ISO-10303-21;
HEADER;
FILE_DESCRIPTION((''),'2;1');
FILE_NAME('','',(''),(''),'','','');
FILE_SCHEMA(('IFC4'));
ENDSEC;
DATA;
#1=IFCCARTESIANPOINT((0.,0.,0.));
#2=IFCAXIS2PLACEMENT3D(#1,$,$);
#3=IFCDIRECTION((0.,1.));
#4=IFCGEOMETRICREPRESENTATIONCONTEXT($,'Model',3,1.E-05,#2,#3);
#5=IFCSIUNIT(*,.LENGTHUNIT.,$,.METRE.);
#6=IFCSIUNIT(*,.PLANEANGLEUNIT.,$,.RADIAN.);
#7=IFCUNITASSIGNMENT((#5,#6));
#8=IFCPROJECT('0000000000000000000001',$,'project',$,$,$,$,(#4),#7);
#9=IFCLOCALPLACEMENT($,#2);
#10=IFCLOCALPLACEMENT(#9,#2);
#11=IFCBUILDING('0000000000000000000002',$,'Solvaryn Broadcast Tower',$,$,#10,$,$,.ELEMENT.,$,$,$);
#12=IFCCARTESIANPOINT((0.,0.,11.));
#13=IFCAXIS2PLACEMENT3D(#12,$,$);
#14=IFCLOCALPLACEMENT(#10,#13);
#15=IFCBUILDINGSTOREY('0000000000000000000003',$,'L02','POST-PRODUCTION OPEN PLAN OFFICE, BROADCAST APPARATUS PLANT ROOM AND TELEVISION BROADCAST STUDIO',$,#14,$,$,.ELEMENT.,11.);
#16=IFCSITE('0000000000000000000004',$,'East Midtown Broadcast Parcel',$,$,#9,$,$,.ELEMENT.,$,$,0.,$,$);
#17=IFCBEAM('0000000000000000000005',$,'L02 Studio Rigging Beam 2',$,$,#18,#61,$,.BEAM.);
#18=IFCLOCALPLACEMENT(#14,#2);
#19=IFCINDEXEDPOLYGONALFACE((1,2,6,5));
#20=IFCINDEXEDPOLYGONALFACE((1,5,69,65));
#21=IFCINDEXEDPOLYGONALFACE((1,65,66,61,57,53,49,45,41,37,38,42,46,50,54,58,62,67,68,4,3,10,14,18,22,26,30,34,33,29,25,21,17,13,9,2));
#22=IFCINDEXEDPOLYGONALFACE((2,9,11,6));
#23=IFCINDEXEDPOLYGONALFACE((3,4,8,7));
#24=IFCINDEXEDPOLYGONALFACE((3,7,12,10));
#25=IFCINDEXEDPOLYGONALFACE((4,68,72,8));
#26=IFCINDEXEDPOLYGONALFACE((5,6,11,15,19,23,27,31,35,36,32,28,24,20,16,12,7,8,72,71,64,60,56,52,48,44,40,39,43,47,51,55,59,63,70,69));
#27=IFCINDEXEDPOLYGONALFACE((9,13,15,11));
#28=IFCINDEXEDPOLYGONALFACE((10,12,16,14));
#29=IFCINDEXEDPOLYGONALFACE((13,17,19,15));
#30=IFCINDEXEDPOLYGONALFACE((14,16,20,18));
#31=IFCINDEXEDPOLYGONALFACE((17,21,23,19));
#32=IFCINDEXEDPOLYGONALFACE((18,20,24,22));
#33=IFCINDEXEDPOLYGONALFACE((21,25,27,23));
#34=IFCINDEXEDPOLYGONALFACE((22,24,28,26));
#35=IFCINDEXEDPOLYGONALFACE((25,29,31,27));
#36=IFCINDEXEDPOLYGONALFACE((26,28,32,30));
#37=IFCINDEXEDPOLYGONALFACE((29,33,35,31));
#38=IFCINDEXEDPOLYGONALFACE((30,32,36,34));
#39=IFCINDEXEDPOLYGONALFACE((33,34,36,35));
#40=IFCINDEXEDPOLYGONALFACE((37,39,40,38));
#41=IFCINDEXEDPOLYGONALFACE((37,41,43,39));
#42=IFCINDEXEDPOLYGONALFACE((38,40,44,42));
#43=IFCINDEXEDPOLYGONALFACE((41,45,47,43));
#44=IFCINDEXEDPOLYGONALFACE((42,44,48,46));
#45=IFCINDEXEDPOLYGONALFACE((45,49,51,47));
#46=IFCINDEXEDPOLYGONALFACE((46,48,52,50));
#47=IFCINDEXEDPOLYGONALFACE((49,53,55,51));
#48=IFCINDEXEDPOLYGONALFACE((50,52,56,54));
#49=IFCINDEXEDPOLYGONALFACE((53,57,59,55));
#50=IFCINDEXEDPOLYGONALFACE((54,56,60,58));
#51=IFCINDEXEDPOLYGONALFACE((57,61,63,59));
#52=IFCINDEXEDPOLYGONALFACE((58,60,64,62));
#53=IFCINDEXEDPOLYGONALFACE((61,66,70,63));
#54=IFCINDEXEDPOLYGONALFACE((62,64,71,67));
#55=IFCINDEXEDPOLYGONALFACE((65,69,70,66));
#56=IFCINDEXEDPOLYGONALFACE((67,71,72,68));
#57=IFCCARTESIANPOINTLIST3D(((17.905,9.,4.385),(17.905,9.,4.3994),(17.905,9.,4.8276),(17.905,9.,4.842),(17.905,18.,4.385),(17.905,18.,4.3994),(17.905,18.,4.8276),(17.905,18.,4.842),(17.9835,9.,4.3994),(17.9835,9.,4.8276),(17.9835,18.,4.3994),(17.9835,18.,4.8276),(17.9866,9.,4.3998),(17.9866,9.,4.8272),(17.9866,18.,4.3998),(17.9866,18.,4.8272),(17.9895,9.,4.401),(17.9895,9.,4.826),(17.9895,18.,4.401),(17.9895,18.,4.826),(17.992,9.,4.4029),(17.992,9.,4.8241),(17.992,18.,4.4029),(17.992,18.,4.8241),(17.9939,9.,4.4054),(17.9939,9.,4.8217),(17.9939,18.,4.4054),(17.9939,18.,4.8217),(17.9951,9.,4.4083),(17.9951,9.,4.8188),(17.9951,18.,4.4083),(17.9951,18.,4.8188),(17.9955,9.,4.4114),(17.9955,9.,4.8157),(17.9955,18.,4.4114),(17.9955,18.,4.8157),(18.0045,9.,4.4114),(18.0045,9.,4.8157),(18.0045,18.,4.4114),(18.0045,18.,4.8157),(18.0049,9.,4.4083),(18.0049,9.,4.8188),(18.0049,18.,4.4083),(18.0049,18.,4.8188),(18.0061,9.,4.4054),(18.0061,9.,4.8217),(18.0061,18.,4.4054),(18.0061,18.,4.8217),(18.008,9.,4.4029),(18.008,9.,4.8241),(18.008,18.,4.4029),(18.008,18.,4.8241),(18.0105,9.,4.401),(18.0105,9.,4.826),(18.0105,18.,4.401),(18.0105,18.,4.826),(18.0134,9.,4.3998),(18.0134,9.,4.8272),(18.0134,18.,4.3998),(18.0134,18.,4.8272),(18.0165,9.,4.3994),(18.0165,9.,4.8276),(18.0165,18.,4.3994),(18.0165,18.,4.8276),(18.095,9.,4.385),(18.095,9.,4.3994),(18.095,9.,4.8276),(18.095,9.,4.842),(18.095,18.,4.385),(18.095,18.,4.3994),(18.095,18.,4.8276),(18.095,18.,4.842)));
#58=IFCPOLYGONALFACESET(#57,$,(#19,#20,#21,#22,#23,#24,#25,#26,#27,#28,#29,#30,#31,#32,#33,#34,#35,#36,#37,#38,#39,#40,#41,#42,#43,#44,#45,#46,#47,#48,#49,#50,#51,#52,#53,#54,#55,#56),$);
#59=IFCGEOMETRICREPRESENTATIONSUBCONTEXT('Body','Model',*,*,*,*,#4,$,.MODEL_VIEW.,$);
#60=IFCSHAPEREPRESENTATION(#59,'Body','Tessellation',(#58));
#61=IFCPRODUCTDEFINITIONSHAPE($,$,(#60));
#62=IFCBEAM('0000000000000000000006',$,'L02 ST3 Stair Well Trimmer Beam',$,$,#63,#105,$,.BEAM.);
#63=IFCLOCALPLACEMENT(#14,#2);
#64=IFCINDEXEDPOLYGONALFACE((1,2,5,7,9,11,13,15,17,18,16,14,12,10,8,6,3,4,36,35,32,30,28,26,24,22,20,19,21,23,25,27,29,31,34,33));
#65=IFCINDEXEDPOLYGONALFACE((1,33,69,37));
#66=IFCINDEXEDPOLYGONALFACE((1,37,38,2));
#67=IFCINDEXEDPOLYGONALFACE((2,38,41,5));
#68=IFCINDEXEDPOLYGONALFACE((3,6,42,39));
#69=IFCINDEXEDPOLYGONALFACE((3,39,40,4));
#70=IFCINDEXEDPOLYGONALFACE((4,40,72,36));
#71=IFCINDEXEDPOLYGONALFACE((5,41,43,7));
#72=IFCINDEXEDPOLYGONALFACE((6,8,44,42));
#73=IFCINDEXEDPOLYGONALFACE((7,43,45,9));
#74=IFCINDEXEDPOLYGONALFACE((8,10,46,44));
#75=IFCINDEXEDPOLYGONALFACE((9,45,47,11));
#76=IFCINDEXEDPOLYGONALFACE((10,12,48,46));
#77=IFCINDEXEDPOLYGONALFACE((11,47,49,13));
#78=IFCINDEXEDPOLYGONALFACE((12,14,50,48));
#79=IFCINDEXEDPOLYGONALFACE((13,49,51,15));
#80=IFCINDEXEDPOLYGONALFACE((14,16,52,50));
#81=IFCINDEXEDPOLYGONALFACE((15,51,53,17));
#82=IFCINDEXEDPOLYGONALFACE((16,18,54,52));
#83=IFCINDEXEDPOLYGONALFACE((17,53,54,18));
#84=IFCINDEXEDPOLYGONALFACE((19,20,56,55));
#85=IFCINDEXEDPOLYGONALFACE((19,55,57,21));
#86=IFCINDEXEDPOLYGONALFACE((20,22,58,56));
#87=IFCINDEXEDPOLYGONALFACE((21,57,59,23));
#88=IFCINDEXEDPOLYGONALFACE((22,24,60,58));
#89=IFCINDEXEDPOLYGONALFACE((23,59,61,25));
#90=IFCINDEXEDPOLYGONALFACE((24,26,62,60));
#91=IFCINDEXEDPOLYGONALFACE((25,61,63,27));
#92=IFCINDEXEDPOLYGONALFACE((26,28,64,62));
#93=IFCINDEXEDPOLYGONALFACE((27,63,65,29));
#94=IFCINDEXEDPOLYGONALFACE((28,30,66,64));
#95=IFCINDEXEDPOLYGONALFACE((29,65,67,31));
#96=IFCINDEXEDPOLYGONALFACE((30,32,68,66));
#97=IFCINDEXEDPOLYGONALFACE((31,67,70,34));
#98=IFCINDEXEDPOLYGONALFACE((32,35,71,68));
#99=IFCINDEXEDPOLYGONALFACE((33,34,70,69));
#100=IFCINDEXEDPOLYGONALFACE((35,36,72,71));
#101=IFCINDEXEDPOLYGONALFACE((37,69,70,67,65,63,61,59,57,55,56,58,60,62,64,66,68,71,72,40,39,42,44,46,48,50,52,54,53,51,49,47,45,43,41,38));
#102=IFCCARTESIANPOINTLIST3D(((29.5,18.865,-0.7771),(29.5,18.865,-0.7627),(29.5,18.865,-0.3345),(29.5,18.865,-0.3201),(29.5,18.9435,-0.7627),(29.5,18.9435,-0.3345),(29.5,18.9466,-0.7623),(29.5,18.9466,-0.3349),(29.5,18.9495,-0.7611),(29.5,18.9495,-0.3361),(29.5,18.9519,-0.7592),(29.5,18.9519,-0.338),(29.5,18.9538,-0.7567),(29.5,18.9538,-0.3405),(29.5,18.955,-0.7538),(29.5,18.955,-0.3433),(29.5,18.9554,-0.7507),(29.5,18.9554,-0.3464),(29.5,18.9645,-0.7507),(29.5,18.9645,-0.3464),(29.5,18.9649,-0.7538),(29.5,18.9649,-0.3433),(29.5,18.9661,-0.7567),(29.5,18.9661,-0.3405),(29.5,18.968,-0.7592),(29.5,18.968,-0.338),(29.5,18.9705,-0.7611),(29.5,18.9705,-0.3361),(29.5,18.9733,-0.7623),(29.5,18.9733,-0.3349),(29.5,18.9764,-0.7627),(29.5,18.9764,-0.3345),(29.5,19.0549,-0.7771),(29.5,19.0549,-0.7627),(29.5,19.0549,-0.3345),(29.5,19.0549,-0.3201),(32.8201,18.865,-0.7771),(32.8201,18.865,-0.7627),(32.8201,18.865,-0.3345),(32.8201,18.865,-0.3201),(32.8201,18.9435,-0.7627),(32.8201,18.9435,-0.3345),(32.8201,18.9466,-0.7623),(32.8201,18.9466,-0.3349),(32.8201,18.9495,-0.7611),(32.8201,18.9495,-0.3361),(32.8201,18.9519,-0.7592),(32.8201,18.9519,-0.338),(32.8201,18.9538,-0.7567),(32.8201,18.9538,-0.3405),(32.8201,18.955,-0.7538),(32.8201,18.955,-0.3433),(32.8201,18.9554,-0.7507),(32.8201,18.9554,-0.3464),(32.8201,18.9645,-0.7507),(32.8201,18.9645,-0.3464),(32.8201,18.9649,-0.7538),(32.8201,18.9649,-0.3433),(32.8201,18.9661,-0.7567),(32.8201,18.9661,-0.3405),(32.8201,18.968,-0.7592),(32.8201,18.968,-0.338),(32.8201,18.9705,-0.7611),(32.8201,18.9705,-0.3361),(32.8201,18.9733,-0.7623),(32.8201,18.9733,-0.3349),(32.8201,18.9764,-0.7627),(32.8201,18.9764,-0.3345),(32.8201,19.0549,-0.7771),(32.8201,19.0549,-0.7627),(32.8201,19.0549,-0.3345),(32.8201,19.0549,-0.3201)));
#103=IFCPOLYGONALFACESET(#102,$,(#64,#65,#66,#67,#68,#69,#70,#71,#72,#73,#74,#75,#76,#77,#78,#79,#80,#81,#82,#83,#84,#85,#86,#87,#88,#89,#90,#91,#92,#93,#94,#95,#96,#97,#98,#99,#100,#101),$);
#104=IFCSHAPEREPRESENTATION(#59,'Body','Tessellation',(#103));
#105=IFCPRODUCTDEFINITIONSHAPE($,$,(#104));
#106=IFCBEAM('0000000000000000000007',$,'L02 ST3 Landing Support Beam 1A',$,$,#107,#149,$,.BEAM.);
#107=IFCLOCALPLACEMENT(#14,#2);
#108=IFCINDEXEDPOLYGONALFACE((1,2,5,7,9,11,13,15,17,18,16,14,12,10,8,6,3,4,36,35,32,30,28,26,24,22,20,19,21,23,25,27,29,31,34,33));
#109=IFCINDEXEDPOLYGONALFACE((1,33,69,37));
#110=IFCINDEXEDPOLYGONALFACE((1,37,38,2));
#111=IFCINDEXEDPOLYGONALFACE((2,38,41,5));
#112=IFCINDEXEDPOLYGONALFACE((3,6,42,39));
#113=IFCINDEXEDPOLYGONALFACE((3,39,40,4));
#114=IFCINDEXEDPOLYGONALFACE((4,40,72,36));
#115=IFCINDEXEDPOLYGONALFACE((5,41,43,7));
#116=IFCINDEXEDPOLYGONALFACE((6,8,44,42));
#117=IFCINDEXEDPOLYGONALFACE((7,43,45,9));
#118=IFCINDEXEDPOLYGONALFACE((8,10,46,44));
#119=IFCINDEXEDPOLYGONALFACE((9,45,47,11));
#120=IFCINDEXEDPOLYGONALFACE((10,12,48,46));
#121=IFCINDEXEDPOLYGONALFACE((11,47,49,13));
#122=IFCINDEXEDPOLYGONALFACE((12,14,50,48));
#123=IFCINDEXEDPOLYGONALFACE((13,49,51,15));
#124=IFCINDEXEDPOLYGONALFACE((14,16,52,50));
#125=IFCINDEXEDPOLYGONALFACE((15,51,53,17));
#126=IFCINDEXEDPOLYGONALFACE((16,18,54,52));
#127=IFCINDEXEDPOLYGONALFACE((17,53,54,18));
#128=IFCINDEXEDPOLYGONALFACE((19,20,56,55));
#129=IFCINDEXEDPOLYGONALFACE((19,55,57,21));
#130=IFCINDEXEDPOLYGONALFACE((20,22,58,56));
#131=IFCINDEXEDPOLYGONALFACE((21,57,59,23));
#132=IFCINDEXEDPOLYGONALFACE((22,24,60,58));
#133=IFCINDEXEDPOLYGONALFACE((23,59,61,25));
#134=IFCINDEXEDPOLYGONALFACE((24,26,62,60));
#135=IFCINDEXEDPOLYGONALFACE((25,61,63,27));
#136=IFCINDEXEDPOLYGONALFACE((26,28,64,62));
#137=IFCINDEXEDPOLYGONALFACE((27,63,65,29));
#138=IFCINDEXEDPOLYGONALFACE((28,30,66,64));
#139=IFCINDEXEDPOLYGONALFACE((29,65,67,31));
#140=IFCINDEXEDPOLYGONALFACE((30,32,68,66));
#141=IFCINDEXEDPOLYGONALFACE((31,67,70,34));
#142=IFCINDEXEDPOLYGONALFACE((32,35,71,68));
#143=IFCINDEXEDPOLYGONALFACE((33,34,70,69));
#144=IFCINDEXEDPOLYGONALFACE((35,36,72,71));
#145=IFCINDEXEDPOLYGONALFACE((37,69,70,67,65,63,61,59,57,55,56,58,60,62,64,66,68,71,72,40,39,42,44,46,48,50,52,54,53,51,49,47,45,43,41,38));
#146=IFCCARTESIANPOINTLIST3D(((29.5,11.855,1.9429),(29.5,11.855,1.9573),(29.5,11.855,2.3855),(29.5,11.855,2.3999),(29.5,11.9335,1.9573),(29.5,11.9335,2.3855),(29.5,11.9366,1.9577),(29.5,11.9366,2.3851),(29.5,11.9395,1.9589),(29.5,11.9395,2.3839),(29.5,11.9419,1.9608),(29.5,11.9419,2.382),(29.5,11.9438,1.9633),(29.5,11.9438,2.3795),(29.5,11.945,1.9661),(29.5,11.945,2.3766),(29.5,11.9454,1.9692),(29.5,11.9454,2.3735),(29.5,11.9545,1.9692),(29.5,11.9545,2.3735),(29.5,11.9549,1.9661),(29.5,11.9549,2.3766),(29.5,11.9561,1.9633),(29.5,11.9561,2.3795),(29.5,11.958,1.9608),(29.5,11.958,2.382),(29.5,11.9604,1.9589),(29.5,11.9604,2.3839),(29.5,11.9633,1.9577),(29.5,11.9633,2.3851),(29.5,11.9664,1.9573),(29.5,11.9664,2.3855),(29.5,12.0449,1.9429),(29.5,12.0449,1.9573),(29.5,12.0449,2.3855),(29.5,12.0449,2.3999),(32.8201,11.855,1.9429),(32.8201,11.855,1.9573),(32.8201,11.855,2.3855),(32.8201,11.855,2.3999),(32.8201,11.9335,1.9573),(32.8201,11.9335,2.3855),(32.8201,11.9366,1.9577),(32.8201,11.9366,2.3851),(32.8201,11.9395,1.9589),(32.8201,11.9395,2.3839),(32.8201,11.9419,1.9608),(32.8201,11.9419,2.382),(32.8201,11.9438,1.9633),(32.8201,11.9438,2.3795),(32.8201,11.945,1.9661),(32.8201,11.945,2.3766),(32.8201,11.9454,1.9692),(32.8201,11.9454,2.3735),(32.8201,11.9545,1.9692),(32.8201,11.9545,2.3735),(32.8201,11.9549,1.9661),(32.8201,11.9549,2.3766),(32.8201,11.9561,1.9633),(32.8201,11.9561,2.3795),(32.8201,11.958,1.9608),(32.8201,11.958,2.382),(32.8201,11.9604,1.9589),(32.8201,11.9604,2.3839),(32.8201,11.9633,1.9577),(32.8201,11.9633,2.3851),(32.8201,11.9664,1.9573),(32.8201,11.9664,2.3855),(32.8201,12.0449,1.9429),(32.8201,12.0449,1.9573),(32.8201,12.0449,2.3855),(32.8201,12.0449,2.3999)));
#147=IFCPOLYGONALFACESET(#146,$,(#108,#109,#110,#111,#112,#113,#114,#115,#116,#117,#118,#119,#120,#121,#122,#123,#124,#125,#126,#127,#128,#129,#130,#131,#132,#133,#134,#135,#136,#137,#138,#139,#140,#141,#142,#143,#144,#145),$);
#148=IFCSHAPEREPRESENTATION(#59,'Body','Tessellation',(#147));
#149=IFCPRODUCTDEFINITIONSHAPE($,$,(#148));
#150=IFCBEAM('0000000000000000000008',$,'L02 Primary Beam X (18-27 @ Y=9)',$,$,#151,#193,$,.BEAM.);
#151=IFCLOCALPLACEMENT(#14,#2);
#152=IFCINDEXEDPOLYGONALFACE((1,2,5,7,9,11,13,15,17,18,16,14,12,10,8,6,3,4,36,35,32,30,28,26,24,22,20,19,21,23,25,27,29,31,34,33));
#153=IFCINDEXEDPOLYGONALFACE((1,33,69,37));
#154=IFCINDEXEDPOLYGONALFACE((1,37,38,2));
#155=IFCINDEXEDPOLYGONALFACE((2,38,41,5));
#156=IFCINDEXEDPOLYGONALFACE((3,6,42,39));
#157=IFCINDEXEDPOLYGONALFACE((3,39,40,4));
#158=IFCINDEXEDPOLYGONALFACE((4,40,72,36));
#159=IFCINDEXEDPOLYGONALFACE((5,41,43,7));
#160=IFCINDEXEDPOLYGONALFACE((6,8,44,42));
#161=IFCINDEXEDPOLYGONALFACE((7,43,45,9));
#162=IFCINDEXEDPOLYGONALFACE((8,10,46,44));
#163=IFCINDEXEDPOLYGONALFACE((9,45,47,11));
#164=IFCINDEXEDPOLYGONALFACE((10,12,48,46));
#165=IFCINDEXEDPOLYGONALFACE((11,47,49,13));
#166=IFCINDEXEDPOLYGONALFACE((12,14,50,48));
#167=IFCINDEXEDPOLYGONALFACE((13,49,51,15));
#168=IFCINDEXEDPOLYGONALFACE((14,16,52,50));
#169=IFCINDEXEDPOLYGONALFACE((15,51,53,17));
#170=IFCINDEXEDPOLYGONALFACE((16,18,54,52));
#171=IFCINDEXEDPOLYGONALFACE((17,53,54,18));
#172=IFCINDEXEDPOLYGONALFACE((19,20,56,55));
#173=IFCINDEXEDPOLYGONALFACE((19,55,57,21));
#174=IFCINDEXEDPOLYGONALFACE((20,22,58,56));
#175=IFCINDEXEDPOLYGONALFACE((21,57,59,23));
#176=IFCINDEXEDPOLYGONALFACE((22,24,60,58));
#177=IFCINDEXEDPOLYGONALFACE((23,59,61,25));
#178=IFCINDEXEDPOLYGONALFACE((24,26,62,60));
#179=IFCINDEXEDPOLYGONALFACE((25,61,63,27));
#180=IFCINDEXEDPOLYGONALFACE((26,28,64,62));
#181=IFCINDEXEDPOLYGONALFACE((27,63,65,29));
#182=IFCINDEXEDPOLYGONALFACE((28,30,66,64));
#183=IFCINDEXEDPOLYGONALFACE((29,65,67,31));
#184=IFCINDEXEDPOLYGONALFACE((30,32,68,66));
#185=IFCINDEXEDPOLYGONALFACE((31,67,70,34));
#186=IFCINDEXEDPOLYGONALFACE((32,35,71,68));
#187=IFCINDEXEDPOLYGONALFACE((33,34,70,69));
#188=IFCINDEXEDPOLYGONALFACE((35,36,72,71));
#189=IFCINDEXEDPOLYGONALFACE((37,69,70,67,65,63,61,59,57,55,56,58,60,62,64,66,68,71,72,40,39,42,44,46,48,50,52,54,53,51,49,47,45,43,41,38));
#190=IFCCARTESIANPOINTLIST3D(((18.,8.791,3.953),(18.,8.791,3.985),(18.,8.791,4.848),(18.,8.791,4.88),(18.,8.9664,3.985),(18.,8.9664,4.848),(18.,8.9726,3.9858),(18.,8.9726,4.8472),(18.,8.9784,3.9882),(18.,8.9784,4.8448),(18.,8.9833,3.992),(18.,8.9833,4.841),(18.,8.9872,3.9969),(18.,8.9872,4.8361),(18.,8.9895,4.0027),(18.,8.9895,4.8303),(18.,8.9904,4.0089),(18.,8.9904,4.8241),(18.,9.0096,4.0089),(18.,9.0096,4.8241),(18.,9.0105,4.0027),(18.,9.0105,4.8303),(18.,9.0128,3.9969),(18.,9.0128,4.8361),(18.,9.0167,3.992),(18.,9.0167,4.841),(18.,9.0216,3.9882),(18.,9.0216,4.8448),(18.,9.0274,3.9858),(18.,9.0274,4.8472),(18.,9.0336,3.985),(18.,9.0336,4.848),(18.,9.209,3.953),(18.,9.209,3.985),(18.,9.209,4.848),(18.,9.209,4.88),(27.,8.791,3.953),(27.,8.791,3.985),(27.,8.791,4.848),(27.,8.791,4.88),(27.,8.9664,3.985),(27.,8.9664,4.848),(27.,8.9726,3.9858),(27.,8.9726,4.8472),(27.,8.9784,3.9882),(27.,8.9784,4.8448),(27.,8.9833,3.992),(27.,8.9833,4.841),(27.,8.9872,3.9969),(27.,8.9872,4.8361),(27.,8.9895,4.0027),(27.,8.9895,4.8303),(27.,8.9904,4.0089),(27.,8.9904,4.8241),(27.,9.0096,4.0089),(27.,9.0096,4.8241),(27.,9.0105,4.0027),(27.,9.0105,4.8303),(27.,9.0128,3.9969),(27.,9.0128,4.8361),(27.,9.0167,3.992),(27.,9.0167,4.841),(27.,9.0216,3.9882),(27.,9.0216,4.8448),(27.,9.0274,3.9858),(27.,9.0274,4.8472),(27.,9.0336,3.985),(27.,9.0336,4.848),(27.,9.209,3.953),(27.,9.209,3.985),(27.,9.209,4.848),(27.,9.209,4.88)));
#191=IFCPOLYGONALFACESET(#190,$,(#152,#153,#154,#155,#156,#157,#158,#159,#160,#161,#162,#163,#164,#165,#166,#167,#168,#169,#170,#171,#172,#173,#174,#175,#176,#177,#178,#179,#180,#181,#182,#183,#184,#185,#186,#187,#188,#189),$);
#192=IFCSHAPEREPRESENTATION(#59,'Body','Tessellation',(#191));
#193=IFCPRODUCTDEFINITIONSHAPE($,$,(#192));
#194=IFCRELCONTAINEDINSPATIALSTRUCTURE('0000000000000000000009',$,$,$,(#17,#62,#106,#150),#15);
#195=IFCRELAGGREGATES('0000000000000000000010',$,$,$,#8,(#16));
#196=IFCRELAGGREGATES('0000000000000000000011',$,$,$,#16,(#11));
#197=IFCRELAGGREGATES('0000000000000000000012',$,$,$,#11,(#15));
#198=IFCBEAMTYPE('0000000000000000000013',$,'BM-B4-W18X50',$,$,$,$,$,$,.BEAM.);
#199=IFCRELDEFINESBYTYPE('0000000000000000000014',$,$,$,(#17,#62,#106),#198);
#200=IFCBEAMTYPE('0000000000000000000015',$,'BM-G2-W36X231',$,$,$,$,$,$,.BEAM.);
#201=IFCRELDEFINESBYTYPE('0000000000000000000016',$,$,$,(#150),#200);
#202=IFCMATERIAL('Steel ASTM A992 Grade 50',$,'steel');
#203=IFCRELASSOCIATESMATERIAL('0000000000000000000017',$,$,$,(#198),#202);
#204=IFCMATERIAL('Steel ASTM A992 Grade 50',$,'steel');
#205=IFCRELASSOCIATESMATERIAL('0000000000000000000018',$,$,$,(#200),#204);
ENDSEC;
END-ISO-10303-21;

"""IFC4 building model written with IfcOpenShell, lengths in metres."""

from ifc_helpers import new_model, si_unit, direction, frame, origin, origin_2d, place, context, subcontext, project, spatial, i_section, extrude, material, material_profile, profile_set, type_object, element, save


model = new_model("IFC4")

# Units and contexts
model_context = context("Model", 3, precision=1e-05, world=origin(), true_north=direction((0.0, 1.0)))
body_context = subcontext(model_context, "Body", "Model", "MODEL_VIEW")
ifc_project = project(units=[si_unit("LENGTHUNIT", "METRE"), si_unit("PLANEANGLEUNIT", "RADIAN")], contexts=[model_context])

# Site, building, storey
site_placement = place(None, origin())
site = spatial("IfcSite", under=ifc_project, at=site_placement, Name="East Midtown Broadcast Parcel", CompositionType="ELEMENT", RefElevation=0.0)
building_placement = place(site_placement, origin())
building = spatial("IfcBuilding", under=site, at=building_placement, Name="Solvaryn Broadcast Tower", CompositionType="ELEMENT")
storey_placement = place(building_placement, frame((0.0, 0.0, 11.0)))
storey = spatial("IfcBuildingStorey", under=building, at=storey_placement, Name="L02", Description="POST-PRODUCTION OPEN PLAN OFFICE, BROADCAST APPARATUS PLANT ROOM AND TELEVISION BROADCAST STUDIO", CompositionType="ELEMENT", Elevation=11.0)

# Beams
ifc_material_1 = material(Name="Steel ASTM A992 Grade 50", Category="steel")
ifc_material_profile_1 = material_profile(ifc_material_1, i_section(OverallWidth=0.1899, OverallDepth=0.457, WebThickness=0.009, FlangeThickness=0.0144, FilletRadius=0.012, at=origin_2d()))
ifc_profile_set_1 = profile_set([ifc_material_profile_1], Name="Steel ASTM A992 Grade 50")
beam_type_1 = type_object("IfcBeamType", Name="BM-B4-W18X50", PredefinedType="BEAM", material=ifc_profile_set_1)
beam_1_placement = place(storey_placement, frame((18.0, 9.0, 4.6135), z_axis=(0.0, 1.0, 0.0), x_axis=(-1.0, 0.0, 0.0)))
element("IfcBeam", 1, at=beam_1_placement, inside=storey, type_object=beam_type_1, Name="L02 Studio Rigging Beam 2", PredefinedType="BEAM", context=body_context, shape_type="SweptSolid", body=[
    extrude(i_section(OverallWidth=0.1899, OverallDepth=0.457, WebThickness=0.009, FlangeThickness=0.0144, FilletRadius=0.012, at=origin_2d()), origin(), (0.0, 0.0, 1.0), 9.0),
])
for number, where, z_axis, x_axis, name in (
    (2, (29.5, 18.96, -0.5486), (1.0, 0.0, 0.0), (0.0, 1.0, 0.0), "L02 ST3 Stair Well Trimmer Beam"),
    (3, (29.5, 11.95, 2.1714), (1.0, 0.0, 0.0), (0.0, 1.0, 0.0), "L02 ST3 Landing Support Beam 1A"),
):
    element("IfcBeam", number, at=place(storey_placement, frame(where, z_axis=z_axis, x_axis=x_axis)), inside=storey, type_object=beam_type_1, Name=name, PredefinedType="BEAM", context=body_context, shape_type="SweptSolid", body=[
        extrude(i_section(OverallWidth=0.1899, OverallDepth=0.457, WebThickness=0.009, FlangeThickness=0.0144, FilletRadius=0.012, at=origin_2d()), origin(), (0.0, 0.0, 1.0), 3.3201),
    ])
ifc_material_2 = material(Name="Steel ASTM A992 Grade 50", Category="steel")
ifc_material_profile_2 = material_profile(ifc_material_2, i_section(OverallWidth=0.418, OverallDepth=0.927, WebThickness=0.0193, FlangeThickness=0.032, FilletRadius=0.0239, at=origin_2d()))
ifc_profile_set_2 = profile_set([ifc_material_profile_2], Name="Steel ASTM A992 Grade 50")
beam_type_2 = type_object("IfcBeamType", Name="BM-G2-W36X231", PredefinedType="BEAM", material=ifc_profile_set_2)
for number, where, z_axis, x_axis, name in (
    (4, (18.0, 9.0, 4.4165), (1.0, 0.0, 0.0), (0.0, 1.0, 0.0), "L02 Primary Beam X (18-27 @ Y=9)"),
):
    element("IfcBeam", number, at=place(storey_placement, frame(where, z_axis=z_axis, x_axis=x_axis)), inside=storey, type_object=beam_type_2, Name=name, PredefinedType="BEAM", context=body_context, shape_type="SweptSolid", body=[
        extrude(i_section(OverallWidth=0.418, OverallDepth=0.927, WebThickness=0.0193, FlangeThickness=0.032, FilletRadius=0.0239, at=origin_2d()), origin(), (0.0, 0.0, 1.0), 9.0),
    ])

save(model, "model.ifc")
